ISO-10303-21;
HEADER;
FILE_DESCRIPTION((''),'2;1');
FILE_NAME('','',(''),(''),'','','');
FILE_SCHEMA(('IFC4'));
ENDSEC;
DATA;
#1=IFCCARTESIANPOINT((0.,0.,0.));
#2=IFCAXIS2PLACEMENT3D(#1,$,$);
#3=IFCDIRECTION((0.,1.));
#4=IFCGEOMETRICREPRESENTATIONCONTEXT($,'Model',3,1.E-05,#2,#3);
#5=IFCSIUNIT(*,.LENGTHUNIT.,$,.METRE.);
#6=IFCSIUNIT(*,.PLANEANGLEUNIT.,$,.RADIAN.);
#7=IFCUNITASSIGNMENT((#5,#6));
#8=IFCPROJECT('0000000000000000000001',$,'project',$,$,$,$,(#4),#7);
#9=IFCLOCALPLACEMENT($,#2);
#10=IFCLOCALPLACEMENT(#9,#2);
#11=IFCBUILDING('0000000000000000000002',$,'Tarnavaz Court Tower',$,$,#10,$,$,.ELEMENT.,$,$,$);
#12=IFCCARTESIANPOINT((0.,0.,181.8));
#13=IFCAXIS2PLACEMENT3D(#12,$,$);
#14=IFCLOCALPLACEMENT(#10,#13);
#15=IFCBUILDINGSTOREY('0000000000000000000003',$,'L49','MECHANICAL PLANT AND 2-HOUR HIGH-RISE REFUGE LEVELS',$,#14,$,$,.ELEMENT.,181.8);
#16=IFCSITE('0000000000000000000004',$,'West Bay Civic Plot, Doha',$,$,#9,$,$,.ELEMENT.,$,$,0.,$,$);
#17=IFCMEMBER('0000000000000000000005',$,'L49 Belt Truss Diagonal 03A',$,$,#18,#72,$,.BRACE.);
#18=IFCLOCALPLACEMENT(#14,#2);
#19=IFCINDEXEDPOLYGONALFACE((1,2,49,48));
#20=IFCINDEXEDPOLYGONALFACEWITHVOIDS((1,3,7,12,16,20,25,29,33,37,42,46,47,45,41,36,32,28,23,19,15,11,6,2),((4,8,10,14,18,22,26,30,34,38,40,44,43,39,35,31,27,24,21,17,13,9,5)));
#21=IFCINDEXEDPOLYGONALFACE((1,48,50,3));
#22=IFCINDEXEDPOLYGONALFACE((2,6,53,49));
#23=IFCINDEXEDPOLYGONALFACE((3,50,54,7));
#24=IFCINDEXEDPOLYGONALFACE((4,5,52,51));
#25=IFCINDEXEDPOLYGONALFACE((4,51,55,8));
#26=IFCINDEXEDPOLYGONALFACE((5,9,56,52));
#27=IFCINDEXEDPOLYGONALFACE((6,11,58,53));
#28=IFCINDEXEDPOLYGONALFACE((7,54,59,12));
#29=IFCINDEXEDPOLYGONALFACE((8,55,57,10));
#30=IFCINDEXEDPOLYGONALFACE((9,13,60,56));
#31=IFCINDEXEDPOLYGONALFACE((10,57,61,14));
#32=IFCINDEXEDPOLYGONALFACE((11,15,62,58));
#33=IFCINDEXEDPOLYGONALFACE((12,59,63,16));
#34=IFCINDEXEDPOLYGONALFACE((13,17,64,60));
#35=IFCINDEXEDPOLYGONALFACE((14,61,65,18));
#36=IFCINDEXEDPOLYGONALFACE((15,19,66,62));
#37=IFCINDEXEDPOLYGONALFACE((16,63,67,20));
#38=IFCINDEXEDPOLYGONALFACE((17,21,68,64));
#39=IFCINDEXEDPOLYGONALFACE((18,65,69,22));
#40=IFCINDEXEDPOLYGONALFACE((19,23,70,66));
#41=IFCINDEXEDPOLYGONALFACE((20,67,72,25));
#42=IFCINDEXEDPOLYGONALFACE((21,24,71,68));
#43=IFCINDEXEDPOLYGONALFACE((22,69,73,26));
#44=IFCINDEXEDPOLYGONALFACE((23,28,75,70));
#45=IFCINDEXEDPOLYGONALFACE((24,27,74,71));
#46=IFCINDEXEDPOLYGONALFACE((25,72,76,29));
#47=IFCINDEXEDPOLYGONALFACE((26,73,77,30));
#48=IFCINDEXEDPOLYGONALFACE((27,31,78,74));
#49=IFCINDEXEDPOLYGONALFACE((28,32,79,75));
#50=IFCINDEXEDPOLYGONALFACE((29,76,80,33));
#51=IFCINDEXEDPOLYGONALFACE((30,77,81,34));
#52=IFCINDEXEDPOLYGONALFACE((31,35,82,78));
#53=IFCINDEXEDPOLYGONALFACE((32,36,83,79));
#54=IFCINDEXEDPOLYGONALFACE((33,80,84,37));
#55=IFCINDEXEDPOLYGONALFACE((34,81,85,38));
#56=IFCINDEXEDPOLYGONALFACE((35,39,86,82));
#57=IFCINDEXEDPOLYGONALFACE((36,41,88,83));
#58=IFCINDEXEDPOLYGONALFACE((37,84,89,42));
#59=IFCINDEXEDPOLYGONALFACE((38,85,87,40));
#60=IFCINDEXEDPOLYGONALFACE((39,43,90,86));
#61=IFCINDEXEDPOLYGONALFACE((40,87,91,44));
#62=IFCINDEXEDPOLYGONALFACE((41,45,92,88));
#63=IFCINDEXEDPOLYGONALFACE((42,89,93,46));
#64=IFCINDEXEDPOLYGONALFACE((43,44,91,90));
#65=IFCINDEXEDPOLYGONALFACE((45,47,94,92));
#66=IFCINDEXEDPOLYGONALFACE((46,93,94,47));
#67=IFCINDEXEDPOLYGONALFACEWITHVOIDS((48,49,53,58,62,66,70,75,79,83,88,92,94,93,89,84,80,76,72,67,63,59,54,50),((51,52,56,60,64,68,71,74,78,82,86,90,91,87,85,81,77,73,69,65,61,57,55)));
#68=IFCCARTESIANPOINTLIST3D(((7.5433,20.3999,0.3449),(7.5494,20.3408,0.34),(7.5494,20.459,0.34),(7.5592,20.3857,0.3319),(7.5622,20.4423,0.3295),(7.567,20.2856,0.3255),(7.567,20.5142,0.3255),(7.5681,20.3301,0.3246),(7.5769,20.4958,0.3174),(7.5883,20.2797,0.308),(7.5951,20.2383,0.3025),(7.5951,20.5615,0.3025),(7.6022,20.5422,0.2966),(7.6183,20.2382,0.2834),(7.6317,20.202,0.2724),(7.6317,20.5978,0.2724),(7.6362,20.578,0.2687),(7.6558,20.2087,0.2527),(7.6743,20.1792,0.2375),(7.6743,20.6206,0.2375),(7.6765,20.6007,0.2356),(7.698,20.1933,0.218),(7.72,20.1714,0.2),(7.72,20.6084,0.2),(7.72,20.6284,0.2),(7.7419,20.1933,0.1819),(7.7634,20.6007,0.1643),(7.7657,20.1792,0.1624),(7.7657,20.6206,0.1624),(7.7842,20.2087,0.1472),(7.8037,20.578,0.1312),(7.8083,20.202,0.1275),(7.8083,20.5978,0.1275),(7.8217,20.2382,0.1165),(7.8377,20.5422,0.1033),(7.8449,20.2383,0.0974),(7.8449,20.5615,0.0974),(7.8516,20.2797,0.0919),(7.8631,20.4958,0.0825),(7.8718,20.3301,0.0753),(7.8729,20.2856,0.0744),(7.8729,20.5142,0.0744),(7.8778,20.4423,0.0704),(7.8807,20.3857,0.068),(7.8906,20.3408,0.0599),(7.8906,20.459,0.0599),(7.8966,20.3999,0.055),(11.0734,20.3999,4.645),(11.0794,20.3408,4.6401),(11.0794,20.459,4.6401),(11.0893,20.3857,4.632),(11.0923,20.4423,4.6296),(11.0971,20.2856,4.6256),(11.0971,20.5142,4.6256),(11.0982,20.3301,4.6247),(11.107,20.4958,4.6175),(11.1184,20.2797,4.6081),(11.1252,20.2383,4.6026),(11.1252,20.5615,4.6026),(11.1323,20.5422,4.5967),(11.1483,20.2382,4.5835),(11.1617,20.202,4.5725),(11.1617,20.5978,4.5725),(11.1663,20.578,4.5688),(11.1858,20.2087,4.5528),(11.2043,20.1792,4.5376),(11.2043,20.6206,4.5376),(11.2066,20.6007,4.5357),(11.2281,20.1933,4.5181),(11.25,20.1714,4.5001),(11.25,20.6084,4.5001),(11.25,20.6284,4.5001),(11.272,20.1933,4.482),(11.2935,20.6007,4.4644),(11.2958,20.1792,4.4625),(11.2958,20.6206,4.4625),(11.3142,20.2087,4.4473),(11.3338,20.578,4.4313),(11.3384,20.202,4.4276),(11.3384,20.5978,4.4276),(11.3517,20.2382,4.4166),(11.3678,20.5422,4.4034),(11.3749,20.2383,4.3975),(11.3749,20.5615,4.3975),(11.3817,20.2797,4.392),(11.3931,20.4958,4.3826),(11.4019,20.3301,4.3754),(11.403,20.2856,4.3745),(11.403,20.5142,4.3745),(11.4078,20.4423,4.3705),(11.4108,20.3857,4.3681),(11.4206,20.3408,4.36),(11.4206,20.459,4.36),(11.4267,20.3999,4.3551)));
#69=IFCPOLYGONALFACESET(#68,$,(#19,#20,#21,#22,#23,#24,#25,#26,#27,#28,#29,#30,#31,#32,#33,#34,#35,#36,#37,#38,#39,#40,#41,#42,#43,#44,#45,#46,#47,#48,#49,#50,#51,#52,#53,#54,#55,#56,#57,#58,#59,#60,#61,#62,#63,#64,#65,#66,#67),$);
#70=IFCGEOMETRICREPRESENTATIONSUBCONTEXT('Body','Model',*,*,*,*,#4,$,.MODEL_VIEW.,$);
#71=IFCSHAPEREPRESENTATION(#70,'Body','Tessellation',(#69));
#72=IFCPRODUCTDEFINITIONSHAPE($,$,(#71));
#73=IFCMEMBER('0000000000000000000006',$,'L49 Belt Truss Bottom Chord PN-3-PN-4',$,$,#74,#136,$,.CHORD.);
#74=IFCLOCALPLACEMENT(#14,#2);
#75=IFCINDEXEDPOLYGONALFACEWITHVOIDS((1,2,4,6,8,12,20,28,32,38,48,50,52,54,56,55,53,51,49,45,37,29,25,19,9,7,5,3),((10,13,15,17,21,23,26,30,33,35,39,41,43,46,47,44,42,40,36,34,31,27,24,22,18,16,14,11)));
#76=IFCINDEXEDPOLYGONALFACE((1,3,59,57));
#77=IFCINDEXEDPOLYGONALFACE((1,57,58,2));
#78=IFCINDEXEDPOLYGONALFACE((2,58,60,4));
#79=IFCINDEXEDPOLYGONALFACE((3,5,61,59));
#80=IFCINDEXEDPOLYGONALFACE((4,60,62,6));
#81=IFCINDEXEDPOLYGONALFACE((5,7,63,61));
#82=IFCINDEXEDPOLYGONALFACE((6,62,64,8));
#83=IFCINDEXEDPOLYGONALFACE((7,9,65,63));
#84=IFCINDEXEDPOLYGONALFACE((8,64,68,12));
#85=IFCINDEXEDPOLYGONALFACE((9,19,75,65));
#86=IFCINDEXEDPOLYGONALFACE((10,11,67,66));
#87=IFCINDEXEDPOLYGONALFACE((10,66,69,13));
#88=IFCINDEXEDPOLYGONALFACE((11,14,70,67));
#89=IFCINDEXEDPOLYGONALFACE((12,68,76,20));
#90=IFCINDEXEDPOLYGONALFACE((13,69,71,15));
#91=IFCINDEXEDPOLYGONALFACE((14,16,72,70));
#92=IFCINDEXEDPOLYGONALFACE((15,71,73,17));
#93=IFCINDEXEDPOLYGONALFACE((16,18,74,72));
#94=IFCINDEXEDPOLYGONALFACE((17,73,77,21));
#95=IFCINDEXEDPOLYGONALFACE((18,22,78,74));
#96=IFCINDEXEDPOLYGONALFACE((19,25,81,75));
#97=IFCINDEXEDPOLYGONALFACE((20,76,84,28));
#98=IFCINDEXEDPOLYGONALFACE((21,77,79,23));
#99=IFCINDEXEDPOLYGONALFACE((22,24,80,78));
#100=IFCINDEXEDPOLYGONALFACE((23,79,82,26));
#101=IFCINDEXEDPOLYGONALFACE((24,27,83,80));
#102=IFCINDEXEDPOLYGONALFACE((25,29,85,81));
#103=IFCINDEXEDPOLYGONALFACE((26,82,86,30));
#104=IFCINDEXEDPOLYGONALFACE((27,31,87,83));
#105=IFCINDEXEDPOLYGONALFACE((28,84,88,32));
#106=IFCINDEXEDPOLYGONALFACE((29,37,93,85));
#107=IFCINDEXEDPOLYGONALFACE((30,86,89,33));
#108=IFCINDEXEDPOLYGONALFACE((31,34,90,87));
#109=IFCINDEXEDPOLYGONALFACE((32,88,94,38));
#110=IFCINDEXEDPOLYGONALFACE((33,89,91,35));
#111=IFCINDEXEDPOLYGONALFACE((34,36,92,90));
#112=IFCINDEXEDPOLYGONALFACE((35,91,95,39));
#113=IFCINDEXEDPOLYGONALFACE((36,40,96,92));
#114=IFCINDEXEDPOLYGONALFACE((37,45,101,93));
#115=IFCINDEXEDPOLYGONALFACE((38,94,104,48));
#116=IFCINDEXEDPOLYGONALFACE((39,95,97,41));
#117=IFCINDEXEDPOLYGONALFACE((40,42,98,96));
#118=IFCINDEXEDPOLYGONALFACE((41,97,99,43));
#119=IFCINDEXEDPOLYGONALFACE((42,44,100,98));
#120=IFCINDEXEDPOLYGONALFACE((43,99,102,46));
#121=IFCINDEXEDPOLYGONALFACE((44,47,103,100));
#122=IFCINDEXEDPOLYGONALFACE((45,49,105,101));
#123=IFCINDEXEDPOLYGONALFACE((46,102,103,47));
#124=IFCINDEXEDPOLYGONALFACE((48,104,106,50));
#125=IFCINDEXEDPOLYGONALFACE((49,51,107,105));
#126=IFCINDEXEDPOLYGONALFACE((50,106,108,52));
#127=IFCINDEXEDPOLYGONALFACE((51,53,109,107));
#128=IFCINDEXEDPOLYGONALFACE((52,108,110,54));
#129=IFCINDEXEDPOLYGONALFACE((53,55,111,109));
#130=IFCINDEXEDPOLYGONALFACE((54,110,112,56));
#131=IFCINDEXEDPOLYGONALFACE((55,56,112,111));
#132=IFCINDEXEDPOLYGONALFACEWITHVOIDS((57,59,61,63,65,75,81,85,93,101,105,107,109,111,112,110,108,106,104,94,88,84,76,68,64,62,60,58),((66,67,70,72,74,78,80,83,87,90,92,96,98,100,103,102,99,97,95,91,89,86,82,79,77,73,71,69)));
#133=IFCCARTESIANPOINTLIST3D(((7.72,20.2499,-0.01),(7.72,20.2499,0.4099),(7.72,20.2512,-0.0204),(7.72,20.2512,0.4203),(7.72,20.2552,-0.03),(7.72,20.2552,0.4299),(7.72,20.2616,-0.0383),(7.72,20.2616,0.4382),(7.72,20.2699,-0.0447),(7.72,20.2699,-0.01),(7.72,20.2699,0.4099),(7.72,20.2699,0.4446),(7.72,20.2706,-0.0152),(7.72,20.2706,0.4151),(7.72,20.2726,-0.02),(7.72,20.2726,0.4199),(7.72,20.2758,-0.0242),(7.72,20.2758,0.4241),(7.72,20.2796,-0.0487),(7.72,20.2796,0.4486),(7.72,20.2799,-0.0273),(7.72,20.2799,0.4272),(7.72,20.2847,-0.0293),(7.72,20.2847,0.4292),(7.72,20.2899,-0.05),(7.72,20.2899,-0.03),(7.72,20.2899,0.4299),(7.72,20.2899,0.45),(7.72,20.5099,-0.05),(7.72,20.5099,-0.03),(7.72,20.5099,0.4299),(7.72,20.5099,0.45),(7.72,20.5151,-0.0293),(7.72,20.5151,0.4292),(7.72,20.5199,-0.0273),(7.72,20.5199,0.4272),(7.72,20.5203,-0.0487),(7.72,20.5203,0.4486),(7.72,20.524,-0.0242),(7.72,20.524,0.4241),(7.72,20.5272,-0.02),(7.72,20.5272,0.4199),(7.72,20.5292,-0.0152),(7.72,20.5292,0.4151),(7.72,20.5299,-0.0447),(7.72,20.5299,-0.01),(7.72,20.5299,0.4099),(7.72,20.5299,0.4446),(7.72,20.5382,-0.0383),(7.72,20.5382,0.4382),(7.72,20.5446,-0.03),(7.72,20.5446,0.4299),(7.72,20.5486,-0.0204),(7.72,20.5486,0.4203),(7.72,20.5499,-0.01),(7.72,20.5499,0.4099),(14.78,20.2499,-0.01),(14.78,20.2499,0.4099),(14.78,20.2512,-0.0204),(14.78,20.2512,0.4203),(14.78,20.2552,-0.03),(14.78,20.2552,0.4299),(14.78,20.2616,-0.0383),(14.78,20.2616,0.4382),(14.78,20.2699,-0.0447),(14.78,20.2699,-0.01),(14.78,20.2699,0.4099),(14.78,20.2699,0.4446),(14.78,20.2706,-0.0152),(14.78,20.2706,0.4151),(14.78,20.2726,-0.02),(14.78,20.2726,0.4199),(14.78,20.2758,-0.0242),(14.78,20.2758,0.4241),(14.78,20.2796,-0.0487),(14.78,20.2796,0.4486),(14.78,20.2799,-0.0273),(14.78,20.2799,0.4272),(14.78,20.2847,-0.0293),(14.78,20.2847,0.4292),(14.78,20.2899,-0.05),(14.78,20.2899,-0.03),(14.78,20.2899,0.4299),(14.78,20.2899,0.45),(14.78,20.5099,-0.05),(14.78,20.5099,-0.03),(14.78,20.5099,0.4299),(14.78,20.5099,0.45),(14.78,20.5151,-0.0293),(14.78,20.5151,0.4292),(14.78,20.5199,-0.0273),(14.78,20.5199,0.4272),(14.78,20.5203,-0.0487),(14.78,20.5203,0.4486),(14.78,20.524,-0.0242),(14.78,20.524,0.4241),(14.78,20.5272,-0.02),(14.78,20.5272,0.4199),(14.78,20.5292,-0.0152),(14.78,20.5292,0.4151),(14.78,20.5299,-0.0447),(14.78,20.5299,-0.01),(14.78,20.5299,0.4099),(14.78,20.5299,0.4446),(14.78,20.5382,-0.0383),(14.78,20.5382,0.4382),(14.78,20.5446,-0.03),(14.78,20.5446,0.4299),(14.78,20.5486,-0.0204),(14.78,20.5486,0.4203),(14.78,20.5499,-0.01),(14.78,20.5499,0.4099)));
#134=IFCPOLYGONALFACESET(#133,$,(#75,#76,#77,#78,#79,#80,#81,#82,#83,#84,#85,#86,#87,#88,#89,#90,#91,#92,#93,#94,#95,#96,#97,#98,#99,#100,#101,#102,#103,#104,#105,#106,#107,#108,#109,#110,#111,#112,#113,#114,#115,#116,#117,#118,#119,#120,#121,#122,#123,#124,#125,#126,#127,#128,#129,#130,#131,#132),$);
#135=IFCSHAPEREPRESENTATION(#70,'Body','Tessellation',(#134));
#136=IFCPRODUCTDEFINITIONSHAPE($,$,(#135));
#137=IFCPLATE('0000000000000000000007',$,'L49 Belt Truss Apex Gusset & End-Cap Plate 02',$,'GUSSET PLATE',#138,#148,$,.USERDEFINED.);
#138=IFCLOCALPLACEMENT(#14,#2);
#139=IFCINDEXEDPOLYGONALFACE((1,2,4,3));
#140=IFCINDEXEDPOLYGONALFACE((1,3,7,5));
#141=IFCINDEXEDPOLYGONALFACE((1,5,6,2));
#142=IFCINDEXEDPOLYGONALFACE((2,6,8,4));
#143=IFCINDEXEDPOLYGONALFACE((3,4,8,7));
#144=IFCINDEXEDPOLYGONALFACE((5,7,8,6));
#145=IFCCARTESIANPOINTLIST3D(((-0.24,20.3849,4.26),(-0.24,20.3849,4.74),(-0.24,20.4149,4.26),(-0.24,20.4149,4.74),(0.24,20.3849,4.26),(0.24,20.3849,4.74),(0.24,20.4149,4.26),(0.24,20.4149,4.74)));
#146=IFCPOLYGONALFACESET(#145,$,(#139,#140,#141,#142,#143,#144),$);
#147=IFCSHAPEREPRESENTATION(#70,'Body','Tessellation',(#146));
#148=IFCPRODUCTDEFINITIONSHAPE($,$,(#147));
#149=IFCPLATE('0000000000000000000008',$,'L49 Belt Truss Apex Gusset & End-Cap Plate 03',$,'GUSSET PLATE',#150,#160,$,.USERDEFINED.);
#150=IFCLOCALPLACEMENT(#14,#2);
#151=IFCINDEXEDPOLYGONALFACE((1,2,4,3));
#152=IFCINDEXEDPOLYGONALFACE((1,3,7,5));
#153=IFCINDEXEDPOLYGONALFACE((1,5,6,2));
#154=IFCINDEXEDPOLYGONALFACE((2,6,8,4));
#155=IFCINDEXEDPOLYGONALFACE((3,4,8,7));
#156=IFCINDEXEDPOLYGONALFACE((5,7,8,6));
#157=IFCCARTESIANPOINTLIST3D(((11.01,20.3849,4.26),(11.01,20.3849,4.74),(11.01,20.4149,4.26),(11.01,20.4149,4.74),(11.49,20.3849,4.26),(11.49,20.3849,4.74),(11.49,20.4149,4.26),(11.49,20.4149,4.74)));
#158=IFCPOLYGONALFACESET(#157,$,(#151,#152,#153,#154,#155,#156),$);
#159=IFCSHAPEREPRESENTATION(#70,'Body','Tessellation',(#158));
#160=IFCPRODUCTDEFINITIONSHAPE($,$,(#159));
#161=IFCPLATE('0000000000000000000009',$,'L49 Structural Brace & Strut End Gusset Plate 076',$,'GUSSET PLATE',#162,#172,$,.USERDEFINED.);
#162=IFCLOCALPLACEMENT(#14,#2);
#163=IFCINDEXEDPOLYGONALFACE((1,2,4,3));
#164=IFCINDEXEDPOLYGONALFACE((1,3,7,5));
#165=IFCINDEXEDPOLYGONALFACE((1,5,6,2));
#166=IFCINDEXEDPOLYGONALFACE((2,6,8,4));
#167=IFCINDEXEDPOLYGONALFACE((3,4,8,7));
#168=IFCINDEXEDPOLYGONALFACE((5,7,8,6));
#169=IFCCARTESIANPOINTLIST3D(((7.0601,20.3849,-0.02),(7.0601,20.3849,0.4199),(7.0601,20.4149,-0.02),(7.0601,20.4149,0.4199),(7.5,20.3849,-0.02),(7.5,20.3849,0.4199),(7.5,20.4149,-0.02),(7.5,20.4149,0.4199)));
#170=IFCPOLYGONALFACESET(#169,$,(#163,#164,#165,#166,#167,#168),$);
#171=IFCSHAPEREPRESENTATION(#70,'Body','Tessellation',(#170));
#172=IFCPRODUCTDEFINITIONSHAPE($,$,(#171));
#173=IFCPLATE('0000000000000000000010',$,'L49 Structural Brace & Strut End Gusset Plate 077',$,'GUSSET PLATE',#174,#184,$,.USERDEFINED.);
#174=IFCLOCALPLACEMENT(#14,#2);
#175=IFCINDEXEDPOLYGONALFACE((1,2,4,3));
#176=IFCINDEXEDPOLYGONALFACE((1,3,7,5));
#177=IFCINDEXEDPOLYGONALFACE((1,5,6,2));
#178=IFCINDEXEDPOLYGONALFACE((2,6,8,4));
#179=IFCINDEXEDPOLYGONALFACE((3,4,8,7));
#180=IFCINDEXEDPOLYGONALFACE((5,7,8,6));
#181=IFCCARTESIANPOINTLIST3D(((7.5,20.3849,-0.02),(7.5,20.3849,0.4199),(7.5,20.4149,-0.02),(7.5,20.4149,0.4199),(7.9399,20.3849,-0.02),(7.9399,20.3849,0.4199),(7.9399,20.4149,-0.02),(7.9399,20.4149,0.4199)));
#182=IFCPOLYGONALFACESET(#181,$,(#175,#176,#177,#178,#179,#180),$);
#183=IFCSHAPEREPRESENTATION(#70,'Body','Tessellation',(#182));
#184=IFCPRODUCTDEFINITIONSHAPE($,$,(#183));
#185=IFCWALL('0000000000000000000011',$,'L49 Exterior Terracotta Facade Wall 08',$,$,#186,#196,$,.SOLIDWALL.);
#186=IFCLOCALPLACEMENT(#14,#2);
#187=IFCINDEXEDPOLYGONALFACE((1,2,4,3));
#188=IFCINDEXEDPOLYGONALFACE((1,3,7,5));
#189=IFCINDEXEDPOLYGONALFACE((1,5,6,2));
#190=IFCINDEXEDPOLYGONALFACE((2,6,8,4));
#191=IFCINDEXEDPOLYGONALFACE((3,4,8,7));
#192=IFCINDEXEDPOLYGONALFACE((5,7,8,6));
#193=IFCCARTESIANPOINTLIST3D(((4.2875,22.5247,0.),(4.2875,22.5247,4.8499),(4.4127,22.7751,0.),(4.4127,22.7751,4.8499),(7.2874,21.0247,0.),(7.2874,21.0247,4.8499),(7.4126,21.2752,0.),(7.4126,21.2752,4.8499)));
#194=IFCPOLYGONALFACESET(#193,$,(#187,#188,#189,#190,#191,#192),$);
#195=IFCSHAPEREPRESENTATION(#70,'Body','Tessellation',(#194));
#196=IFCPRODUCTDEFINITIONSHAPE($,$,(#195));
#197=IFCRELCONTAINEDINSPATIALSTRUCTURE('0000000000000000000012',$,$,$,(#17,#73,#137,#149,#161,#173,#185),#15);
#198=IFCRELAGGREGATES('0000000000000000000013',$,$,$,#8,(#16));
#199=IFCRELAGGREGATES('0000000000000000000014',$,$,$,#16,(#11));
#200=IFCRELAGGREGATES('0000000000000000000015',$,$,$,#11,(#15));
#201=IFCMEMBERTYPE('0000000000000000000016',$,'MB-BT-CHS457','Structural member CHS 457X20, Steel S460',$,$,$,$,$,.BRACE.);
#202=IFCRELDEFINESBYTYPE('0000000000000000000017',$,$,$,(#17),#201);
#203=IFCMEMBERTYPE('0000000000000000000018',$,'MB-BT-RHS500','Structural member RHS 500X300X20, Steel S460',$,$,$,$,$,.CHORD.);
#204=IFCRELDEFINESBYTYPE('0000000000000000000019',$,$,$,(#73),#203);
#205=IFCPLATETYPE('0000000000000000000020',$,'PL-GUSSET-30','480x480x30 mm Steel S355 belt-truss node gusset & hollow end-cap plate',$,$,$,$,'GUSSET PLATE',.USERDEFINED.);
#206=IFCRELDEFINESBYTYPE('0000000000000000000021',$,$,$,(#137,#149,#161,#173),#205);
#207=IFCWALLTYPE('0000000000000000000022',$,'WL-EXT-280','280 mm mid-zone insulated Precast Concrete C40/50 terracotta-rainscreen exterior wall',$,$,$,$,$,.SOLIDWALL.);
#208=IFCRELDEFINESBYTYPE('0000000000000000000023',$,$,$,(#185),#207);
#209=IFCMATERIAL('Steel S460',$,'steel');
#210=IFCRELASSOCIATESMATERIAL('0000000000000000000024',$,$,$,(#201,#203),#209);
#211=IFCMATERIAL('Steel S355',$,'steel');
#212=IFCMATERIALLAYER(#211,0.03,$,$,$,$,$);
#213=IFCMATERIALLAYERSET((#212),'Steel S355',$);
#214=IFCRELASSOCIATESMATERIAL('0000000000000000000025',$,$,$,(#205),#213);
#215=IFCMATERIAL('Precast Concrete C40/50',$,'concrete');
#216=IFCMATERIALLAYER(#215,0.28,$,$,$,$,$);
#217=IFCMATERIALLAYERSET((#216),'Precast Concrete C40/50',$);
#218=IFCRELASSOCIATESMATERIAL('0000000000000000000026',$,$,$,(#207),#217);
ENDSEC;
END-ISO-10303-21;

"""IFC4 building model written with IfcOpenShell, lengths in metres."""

from ifc_helpers import new_model, si_unit, direction, frame, frame_2d, origin, origin_2d, place, context, subcontext, project, spatial, rectangle, hollow_rectangle, hollow_circle, extrude, material, layer, layer_set, material_profile, profile_set, type_object, element, save


model = new_model("IFC4")

# Units and contexts
model_context = context("Model", 3, precision=1e-05, world=origin(), true_north=direction((0.0, 1.0)))
body_context = subcontext(model_context, "Body", "Model", "MODEL_VIEW")
ifc_project = project(units=[si_unit("LENGTHUNIT", "METRE"), si_unit("PLANEANGLEUNIT", "RADIAN")], contexts=[model_context])

# Site, building, storey
site_placement = place(None, origin())
site = spatial("IfcSite", under=ifc_project, at=site_placement, Name="West Bay Civic Plot, Doha", CompositionType="ELEMENT", RefElevation=0.0)
building_placement = place(site_placement, origin())
building = spatial("IfcBuilding", under=site, at=building_placement, Name="Tarnavaz Court Tower", CompositionType="ELEMENT")
storey_placement = place(building_placement, frame((0.0, 0.0, 181.8)))
storey = spatial("IfcBuildingStorey", under=building, at=storey_placement, Name="L49", Description="MECHANICAL PLANT AND 2-HOUR HIGH-RISE REFUGE LEVELS", CompositionType="ELEMENT", Elevation=181.8)

# Shared definitions
ifc_material_1 = material(Name="Steel S460", Category="steel")

# Shared definitions
ifc_material_2 = material(Name="Steel S355", Category="steel")

# Members
ifc_material_profile_1 = material_profile(ifc_material_1, hollow_circle(Radius=0.2285, WallThickness=0.02, at=origin_2d()), Name="CHS 457X20")
ifc_profile_set_1 = profile_set([ifc_material_profile_1], Name="Steel S460")
member_type_1 = type_object("IfcMemberType", Name="MB-BT-CHS457", Description="Structural member CHS 457X20, Steel S460", PredefinedType="BRACE", material=ifc_profile_set_1)
member_1_placement = place(storey_placement, frame((7.72, 20.3999, 0.2), z_axis=(0.634508, 0.0, 0.772916), x_axis=(0.0, 1.0, 0.0)))
element("IfcMember", 1, at=member_1_placement, inside=storey, type_object=member_type_1, Name="L49 Belt Truss Diagonal 03A", PredefinedType="BRACE", context=body_context, shape_type="SweptSolid", body=[
    extrude(hollow_circle(Radius=0.2285, WallThickness=0.02, at=origin_2d()), origin(), (0.0, 0.0, 1.0), 5.5635),
])
ifc_material_profile_2 = material_profile(ifc_material_1, hollow_rectangle(XDim=0.3, YDim=0.5, WallThickness=0.02, InnerFilletRadius=0.02, OuterFilletRadius=0.04, at=origin_2d()), Name="RHS 500X300X20")
ifc_profile_set_2 = profile_set([ifc_material_profile_2], Name="Steel S460")
member_type_2 = type_object("IfcMemberType", Name="MB-BT-RHS500", Description="Structural member RHS 500X300X20, Steel S460", PredefinedType="CHORD", material=ifc_profile_set_2)
member_2_placement = place(storey_placement, frame((7.72, 20.3999, 0.2), z_axis=(1.0, 0.0, 0.0), x_axis=(0.0, 1.0, 0.0)))
element("IfcMember", 2, at=member_2_placement, inside=storey, type_object=member_type_2, Name="L49 Belt Truss Bottom Chord PN-3-PN-4", PredefinedType="CHORD", context=body_context, shape_type="SweptSolid", body=[
    extrude(hollow_rectangle(XDim=0.3, YDim=0.5, WallThickness=0.02, InnerFilletRadius=0.02, OuterFilletRadius=0.04, at=origin_2d()), origin(), (0.0, 0.0, 1.0), 7.0601),
])

# Plates
ifc_layer_1 = layer(ifc_material_2, 0.03)
ifc_layer_set_1 = layer_set([ifc_layer_1], Name="Steel S355")
plate_type = type_object("IfcPlateType", Name="PL-GUSSET-30", Description="480x480x30 mm Steel S355 belt-truss node gusset & hollow end-cap plate", ElementType="GUSSET PLATE", PredefinedType="USERDEFINED", material=ifc_layer_set_1)
for number, where, z_axis, x_axis, name in (
    (3, (0.0, 20.3999, 4.26), (0.0, 0.0, 1.0), (1.0, 0.0, 0.0), "L49 Belt Truss Apex Gusset & End-Cap Plate 02"),
    (4, (11.25, 20.3999, 4.26), (0.0, 0.0, 1.0), (1.0, 0.0, 0.0), "L49 Belt Truss Apex Gusset & End-Cap Plate 03"),
):
    element("IfcPlate", number, at=place(storey_placement, frame(where, z_axis=z_axis, x_axis=x_axis)), inside=storey, type_object=plate_type, Name=name, ObjectType="GUSSET PLATE", PredefinedType="USERDEFINED", context=body_context, shape_type="SweptSolid", body=[
        extrude(rectangle(XDim=0.48, YDim=0.03, at=origin_2d()), origin(), (0.0, 0.0, 1.0), 0.48),
    ])
for number, where, z_axis, x_axis, name in (
    (5, (7.28, 20.3999, -0.02), (0.0, 0.0, 1.0), (1.0, 0.0, 0.0), "L49 Structural Brace & Strut End Gusset Plate 076"),
    (6, (7.72, 20.3999, -0.02), (0.0, 0.0, 1.0), (1.0, 0.0, 0.0), "L49 Structural Brace & Strut End Gusset Plate 077"),
):
    element("IfcPlate", number, at=place(storey_placement, frame(where, z_axis=z_axis, x_axis=x_axis)), inside=storey, type_object=plate_type, Name=name, ObjectType="GUSSET PLATE", PredefinedType="USERDEFINED", context=body_context, shape_type="SweptSolid", body=[
        extrude(rectangle(XDim=0.4399, YDim=0.03, at=origin_2d()), origin(), (0.0, 0.0, 1.0), 0.4399),
    ])

# Wall
ifc_material_3 = material(Name="Precast Concrete C40/50", Category="concrete")
ifc_layer_2 = layer(ifc_material_3, 0.28)
ifc_layer_set_2 = layer_set([ifc_layer_2], Name="Precast Concrete C40/50")
wall_type_1 = type_object("IfcWallType", Name="WL-EXT-280", Description="280 mm mid-zone insulated Precast Concrete C40/50 terracotta-rainscreen exterior wall", PredefinedType="SOLIDWALL", material=ifc_layer_set_2)
wall_1_placement = place(storey_placement, frame((4.3501, 22.6499, 0.0), z_axis=(0.0, 0.0, 1.0), x_axis=(0.894427, -0.447214, 0.0)))
element("IfcWall", 7, at=wall_1_placement, inside=storey, type_object=wall_type_1, Name="L49 Exterior Terracotta Facade Wall 08", PredefinedType="SOLIDWALL", context=body_context, shape_type="SweptSolid", body=[
    extrude(rectangle(XDim=3.354, YDim=0.28, at=frame_2d((1.677, 0.0))), origin(), (0.0, 0.0, 1.0), 4.8499),
])

save(model, "model.ifc")
